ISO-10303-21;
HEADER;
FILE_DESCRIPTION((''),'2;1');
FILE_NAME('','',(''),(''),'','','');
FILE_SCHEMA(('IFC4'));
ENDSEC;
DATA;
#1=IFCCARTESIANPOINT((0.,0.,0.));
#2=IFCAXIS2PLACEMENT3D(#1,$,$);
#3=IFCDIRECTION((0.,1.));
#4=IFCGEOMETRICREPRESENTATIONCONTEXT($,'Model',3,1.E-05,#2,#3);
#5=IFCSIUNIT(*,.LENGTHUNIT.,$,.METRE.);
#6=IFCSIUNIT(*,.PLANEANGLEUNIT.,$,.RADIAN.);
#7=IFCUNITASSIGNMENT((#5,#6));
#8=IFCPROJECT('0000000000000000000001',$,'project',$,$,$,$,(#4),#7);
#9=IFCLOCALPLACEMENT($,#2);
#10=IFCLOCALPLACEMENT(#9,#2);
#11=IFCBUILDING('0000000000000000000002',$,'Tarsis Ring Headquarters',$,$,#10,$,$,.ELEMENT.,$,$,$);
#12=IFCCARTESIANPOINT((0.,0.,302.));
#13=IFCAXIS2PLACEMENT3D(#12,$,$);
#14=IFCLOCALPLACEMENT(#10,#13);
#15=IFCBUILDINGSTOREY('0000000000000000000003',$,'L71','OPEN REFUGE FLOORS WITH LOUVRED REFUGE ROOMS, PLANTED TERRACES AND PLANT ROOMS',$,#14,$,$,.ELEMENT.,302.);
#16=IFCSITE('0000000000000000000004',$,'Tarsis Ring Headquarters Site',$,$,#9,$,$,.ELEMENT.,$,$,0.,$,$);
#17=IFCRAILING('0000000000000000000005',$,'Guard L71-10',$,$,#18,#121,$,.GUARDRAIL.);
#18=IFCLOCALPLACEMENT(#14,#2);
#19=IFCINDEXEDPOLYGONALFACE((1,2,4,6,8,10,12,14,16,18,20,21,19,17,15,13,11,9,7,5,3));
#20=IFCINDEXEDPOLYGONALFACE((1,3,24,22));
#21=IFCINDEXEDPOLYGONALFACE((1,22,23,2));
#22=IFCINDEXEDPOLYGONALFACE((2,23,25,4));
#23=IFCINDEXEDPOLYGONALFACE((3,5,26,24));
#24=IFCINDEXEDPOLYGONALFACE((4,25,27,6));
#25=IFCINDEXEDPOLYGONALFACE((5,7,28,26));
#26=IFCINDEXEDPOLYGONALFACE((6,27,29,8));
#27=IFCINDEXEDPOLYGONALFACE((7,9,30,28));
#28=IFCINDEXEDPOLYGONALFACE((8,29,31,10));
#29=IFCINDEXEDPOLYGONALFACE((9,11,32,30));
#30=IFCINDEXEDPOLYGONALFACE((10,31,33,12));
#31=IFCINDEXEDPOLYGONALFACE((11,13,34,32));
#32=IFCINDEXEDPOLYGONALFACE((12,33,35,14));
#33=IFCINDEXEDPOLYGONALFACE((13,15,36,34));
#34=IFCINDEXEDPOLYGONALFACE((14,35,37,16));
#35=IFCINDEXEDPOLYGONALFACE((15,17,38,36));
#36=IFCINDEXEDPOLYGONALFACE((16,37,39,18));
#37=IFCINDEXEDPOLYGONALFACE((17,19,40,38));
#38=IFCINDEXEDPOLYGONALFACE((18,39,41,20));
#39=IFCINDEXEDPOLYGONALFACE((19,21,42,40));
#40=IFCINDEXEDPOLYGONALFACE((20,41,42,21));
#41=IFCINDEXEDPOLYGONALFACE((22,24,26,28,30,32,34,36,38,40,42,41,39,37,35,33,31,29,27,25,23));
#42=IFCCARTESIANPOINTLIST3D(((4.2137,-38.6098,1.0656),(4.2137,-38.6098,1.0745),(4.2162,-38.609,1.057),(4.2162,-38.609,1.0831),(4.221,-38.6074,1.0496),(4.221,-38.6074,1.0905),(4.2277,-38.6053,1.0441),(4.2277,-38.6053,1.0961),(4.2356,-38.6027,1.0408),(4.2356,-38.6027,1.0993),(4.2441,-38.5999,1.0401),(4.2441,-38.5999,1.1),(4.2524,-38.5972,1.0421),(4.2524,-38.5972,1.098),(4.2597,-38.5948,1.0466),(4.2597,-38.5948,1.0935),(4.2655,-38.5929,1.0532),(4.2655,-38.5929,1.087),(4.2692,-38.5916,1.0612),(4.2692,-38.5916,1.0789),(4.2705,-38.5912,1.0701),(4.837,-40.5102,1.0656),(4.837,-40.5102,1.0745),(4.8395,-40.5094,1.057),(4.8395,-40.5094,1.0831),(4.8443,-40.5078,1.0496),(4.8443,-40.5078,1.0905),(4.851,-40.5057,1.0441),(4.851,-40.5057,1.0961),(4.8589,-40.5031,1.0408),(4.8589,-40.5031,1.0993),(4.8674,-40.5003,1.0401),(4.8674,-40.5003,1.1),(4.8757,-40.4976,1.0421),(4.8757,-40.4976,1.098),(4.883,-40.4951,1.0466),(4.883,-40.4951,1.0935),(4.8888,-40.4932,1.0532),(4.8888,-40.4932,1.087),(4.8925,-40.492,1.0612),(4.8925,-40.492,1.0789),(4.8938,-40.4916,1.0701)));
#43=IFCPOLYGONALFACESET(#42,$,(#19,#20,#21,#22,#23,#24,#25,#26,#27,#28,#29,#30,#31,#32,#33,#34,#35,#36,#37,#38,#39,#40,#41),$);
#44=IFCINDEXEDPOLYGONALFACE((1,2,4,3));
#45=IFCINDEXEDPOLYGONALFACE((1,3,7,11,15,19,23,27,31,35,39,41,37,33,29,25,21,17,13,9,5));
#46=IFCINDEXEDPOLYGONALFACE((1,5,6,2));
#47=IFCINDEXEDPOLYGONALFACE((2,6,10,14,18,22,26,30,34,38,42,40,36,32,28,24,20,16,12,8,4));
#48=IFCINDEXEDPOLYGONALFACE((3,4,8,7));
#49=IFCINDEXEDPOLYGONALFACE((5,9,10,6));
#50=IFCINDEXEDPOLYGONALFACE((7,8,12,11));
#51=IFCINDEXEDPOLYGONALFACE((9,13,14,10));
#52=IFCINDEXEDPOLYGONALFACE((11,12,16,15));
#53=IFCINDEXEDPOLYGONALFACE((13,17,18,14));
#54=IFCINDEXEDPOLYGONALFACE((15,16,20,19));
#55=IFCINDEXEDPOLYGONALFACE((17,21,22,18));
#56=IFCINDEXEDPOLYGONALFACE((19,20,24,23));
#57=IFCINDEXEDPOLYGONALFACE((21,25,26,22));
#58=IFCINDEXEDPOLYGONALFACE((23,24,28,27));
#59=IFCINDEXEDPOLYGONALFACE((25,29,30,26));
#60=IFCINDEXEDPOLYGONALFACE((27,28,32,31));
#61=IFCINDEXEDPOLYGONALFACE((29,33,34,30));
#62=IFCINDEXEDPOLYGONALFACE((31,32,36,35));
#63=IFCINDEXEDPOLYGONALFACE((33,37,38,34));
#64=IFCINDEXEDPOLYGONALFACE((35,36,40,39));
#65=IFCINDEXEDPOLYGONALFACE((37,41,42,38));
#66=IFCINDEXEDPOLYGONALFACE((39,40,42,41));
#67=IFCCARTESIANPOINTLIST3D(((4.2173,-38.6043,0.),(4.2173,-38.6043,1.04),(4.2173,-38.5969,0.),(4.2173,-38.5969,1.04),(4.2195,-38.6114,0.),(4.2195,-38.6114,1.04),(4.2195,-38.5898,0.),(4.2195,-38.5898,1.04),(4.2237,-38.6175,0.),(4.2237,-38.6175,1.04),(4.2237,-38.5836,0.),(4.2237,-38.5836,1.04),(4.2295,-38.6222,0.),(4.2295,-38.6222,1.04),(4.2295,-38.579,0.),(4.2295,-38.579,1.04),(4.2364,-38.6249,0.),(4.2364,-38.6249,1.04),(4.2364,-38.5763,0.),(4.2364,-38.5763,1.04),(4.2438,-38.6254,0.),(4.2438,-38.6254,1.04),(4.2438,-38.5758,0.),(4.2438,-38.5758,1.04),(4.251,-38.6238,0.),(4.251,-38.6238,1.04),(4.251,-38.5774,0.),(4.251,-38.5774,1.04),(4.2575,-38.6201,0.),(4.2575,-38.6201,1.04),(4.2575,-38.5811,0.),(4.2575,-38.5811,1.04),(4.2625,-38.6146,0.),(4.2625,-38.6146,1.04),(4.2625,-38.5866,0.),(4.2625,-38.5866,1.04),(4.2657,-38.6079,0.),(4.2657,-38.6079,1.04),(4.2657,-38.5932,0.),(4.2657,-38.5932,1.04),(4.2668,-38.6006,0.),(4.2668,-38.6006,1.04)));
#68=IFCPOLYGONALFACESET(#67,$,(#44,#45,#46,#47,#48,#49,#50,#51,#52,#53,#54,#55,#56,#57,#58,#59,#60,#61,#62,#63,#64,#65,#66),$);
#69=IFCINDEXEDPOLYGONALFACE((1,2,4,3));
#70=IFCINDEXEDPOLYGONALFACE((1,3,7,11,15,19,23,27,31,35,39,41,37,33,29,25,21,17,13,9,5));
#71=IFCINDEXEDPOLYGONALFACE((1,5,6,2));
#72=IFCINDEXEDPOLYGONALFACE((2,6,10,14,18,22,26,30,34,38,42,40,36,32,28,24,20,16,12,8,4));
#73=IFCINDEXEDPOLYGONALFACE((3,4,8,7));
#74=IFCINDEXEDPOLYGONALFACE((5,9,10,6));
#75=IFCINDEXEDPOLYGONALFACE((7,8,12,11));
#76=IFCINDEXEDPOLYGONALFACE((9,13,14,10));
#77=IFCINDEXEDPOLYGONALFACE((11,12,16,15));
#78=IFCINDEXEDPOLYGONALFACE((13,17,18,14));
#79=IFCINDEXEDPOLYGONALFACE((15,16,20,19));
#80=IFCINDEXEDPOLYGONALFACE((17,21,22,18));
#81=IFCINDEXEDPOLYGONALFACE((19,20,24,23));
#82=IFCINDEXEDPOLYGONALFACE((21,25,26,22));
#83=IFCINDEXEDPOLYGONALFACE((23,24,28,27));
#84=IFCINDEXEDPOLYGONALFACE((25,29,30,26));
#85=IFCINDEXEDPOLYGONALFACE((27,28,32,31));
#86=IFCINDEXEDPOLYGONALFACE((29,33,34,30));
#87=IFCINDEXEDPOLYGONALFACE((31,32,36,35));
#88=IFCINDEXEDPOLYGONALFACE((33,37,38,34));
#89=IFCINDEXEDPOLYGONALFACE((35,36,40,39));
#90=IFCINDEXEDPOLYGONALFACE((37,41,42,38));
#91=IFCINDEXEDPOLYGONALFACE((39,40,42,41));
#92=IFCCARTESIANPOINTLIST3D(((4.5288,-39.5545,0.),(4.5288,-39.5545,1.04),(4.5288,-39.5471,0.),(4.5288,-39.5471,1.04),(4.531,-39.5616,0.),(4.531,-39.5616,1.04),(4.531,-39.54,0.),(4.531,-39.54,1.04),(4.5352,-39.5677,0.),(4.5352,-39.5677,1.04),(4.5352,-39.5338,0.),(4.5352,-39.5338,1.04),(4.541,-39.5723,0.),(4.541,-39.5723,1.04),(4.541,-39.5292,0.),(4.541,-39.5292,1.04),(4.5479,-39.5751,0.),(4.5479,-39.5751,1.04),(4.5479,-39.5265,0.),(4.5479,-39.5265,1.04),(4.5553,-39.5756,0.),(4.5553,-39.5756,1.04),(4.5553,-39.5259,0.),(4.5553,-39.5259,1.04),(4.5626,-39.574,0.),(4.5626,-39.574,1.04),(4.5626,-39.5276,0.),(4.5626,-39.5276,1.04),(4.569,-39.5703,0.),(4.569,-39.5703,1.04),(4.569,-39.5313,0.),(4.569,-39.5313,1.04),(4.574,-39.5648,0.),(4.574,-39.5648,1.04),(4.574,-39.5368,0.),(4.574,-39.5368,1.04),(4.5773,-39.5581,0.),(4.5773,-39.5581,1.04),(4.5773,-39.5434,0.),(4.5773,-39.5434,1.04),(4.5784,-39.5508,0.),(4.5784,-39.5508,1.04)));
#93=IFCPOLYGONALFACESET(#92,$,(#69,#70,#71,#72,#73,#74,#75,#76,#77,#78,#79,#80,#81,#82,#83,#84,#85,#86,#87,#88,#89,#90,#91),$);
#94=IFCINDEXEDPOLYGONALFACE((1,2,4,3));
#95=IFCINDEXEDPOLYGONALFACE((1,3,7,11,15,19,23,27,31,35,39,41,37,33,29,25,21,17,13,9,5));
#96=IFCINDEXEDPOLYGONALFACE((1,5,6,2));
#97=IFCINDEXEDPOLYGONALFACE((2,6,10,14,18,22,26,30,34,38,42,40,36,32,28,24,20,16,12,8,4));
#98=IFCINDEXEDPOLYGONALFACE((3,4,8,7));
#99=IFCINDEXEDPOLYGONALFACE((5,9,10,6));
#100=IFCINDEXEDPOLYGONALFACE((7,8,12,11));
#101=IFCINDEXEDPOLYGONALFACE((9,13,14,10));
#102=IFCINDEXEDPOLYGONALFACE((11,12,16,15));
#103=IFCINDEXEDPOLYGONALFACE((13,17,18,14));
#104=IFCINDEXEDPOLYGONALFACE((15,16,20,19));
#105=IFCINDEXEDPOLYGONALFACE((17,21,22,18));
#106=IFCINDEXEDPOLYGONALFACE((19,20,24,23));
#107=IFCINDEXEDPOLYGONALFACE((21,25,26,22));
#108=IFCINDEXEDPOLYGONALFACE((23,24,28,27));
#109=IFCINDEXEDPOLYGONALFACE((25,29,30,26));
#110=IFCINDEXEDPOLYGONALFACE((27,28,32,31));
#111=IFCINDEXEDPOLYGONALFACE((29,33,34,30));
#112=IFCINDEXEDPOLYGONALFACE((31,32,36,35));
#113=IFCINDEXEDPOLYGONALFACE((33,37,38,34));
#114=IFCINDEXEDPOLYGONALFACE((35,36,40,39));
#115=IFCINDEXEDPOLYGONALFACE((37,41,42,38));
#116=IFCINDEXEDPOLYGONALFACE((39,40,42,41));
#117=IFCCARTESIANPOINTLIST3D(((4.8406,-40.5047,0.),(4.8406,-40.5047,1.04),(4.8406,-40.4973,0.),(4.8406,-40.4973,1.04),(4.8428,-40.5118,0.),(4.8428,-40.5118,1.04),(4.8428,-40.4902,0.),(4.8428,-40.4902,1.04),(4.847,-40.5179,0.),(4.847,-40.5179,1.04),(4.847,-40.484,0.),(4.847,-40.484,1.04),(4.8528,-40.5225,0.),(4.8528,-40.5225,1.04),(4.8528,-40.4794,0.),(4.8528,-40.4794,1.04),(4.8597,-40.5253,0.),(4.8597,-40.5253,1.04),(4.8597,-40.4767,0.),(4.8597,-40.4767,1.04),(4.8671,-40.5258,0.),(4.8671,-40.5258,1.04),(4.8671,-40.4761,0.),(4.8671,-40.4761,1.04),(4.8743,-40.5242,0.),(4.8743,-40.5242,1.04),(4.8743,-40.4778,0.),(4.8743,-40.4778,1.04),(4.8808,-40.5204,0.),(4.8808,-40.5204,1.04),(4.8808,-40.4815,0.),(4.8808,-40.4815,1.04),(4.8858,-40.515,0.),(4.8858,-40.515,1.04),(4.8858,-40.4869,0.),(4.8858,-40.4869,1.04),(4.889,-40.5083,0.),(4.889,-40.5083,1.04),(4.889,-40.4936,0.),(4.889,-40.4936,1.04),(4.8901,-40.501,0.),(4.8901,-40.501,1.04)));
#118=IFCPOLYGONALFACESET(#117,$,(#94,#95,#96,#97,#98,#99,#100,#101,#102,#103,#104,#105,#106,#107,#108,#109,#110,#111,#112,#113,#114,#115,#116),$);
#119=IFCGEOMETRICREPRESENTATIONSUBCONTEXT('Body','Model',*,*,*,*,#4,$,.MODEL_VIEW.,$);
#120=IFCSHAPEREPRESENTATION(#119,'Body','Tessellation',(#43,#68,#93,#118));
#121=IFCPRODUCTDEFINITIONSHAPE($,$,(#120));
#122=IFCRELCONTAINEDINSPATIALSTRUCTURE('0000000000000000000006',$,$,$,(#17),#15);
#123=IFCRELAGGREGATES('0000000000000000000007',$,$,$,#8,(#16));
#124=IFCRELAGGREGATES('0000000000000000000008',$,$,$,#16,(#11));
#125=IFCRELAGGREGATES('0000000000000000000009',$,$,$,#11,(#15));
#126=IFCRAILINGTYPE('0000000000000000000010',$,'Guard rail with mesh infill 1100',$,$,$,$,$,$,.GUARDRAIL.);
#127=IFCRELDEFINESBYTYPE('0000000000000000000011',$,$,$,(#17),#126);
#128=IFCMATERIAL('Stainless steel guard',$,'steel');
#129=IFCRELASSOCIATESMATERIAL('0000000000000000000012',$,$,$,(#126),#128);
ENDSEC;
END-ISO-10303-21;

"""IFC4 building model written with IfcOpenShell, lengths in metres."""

from ifc_helpers import new_model, si_unit, direction, frame, origin, origin_2d, place, context, subcontext, project, spatial, circle, extrude, material, type_object, element, save


model = new_model("IFC4")

# Units and contexts
model_context = context("Model", 3, precision=1e-05, world=origin(), true_north=direction((0.0, 1.0)))
body_context = subcontext(model_context, "Body", "Model", "MODEL_VIEW")
ifc_project = project(units=[si_unit("LENGTHUNIT", "METRE"), si_unit("PLANEANGLEUNIT", "RADIAN")], contexts=[model_context])

# Site, building, storey
site_placement = place(None, origin())
site = spatial("IfcSite", under=ifc_project, at=site_placement, Name="Tarsis Ring Headquarters Site", CompositionType="ELEMENT", RefElevation=0.0)
building_placement = place(site_placement, origin())
building = spatial("IfcBuilding", under=site, at=building_placement, Name="Tarsis Ring Headquarters", CompositionType="ELEMENT")
storey_placement = place(building_placement, frame((0.0, 0.0, 302.0)))
storey = spatial("IfcBuildingStorey", under=building, at=storey_placement, Name="L71", Description="OPEN REFUGE FLOORS WITH LOUVRED REFUGE ROOMS, PLANTED TERRACES AND PLANT ROOMS", CompositionType="ELEMENT", Elevation=302.0)

# Railing
ifc_material_1 = material(Name="Stainless steel guard", Category="steel")
railing_type_1 = type_object("IfcRailingType", Name="Guard rail with mesh infill 1100", PredefinedType="GUARDRAIL", material=ifc_material_1)
railing_1_placement = place(storey_placement, frame((4.2419, -38.6006, 0.0)))
element("IfcRailing", 1, at=railing_1_placement, inside=storey, type_object=railing_type_1, Name="Guard L71-10", PredefinedType="GUARDRAIL", context=body_context, shape_type="SweptSolid", body=[
    extrude(circle(Radius=0.03, at=origin_2d()), frame((0.0, 0.0, 1.0701), z_axis=(0.311646, -0.950198, 0.0), x_axis=(0.950198, 0.311646, 0.0)), (0.0, 0.0, 1.0), 2.0),
    extrude(circle(Radius=0.0249, at=origin_2d()), origin(), (0.0, 0.0, 1.0), 1.04),
    extrude(circle(Radius=0.0249, at=origin_2d()), frame((0.3115, -0.9502, 0.0)), (0.0, 0.0, 1.0), 1.04),
    extrude(circle(Radius=0.0249, at=origin_2d()), frame((0.6233, -1.9004, 0.0)), (0.0, 0.0, 1.0), 1.04),
])

save(model, "model.ifc")
